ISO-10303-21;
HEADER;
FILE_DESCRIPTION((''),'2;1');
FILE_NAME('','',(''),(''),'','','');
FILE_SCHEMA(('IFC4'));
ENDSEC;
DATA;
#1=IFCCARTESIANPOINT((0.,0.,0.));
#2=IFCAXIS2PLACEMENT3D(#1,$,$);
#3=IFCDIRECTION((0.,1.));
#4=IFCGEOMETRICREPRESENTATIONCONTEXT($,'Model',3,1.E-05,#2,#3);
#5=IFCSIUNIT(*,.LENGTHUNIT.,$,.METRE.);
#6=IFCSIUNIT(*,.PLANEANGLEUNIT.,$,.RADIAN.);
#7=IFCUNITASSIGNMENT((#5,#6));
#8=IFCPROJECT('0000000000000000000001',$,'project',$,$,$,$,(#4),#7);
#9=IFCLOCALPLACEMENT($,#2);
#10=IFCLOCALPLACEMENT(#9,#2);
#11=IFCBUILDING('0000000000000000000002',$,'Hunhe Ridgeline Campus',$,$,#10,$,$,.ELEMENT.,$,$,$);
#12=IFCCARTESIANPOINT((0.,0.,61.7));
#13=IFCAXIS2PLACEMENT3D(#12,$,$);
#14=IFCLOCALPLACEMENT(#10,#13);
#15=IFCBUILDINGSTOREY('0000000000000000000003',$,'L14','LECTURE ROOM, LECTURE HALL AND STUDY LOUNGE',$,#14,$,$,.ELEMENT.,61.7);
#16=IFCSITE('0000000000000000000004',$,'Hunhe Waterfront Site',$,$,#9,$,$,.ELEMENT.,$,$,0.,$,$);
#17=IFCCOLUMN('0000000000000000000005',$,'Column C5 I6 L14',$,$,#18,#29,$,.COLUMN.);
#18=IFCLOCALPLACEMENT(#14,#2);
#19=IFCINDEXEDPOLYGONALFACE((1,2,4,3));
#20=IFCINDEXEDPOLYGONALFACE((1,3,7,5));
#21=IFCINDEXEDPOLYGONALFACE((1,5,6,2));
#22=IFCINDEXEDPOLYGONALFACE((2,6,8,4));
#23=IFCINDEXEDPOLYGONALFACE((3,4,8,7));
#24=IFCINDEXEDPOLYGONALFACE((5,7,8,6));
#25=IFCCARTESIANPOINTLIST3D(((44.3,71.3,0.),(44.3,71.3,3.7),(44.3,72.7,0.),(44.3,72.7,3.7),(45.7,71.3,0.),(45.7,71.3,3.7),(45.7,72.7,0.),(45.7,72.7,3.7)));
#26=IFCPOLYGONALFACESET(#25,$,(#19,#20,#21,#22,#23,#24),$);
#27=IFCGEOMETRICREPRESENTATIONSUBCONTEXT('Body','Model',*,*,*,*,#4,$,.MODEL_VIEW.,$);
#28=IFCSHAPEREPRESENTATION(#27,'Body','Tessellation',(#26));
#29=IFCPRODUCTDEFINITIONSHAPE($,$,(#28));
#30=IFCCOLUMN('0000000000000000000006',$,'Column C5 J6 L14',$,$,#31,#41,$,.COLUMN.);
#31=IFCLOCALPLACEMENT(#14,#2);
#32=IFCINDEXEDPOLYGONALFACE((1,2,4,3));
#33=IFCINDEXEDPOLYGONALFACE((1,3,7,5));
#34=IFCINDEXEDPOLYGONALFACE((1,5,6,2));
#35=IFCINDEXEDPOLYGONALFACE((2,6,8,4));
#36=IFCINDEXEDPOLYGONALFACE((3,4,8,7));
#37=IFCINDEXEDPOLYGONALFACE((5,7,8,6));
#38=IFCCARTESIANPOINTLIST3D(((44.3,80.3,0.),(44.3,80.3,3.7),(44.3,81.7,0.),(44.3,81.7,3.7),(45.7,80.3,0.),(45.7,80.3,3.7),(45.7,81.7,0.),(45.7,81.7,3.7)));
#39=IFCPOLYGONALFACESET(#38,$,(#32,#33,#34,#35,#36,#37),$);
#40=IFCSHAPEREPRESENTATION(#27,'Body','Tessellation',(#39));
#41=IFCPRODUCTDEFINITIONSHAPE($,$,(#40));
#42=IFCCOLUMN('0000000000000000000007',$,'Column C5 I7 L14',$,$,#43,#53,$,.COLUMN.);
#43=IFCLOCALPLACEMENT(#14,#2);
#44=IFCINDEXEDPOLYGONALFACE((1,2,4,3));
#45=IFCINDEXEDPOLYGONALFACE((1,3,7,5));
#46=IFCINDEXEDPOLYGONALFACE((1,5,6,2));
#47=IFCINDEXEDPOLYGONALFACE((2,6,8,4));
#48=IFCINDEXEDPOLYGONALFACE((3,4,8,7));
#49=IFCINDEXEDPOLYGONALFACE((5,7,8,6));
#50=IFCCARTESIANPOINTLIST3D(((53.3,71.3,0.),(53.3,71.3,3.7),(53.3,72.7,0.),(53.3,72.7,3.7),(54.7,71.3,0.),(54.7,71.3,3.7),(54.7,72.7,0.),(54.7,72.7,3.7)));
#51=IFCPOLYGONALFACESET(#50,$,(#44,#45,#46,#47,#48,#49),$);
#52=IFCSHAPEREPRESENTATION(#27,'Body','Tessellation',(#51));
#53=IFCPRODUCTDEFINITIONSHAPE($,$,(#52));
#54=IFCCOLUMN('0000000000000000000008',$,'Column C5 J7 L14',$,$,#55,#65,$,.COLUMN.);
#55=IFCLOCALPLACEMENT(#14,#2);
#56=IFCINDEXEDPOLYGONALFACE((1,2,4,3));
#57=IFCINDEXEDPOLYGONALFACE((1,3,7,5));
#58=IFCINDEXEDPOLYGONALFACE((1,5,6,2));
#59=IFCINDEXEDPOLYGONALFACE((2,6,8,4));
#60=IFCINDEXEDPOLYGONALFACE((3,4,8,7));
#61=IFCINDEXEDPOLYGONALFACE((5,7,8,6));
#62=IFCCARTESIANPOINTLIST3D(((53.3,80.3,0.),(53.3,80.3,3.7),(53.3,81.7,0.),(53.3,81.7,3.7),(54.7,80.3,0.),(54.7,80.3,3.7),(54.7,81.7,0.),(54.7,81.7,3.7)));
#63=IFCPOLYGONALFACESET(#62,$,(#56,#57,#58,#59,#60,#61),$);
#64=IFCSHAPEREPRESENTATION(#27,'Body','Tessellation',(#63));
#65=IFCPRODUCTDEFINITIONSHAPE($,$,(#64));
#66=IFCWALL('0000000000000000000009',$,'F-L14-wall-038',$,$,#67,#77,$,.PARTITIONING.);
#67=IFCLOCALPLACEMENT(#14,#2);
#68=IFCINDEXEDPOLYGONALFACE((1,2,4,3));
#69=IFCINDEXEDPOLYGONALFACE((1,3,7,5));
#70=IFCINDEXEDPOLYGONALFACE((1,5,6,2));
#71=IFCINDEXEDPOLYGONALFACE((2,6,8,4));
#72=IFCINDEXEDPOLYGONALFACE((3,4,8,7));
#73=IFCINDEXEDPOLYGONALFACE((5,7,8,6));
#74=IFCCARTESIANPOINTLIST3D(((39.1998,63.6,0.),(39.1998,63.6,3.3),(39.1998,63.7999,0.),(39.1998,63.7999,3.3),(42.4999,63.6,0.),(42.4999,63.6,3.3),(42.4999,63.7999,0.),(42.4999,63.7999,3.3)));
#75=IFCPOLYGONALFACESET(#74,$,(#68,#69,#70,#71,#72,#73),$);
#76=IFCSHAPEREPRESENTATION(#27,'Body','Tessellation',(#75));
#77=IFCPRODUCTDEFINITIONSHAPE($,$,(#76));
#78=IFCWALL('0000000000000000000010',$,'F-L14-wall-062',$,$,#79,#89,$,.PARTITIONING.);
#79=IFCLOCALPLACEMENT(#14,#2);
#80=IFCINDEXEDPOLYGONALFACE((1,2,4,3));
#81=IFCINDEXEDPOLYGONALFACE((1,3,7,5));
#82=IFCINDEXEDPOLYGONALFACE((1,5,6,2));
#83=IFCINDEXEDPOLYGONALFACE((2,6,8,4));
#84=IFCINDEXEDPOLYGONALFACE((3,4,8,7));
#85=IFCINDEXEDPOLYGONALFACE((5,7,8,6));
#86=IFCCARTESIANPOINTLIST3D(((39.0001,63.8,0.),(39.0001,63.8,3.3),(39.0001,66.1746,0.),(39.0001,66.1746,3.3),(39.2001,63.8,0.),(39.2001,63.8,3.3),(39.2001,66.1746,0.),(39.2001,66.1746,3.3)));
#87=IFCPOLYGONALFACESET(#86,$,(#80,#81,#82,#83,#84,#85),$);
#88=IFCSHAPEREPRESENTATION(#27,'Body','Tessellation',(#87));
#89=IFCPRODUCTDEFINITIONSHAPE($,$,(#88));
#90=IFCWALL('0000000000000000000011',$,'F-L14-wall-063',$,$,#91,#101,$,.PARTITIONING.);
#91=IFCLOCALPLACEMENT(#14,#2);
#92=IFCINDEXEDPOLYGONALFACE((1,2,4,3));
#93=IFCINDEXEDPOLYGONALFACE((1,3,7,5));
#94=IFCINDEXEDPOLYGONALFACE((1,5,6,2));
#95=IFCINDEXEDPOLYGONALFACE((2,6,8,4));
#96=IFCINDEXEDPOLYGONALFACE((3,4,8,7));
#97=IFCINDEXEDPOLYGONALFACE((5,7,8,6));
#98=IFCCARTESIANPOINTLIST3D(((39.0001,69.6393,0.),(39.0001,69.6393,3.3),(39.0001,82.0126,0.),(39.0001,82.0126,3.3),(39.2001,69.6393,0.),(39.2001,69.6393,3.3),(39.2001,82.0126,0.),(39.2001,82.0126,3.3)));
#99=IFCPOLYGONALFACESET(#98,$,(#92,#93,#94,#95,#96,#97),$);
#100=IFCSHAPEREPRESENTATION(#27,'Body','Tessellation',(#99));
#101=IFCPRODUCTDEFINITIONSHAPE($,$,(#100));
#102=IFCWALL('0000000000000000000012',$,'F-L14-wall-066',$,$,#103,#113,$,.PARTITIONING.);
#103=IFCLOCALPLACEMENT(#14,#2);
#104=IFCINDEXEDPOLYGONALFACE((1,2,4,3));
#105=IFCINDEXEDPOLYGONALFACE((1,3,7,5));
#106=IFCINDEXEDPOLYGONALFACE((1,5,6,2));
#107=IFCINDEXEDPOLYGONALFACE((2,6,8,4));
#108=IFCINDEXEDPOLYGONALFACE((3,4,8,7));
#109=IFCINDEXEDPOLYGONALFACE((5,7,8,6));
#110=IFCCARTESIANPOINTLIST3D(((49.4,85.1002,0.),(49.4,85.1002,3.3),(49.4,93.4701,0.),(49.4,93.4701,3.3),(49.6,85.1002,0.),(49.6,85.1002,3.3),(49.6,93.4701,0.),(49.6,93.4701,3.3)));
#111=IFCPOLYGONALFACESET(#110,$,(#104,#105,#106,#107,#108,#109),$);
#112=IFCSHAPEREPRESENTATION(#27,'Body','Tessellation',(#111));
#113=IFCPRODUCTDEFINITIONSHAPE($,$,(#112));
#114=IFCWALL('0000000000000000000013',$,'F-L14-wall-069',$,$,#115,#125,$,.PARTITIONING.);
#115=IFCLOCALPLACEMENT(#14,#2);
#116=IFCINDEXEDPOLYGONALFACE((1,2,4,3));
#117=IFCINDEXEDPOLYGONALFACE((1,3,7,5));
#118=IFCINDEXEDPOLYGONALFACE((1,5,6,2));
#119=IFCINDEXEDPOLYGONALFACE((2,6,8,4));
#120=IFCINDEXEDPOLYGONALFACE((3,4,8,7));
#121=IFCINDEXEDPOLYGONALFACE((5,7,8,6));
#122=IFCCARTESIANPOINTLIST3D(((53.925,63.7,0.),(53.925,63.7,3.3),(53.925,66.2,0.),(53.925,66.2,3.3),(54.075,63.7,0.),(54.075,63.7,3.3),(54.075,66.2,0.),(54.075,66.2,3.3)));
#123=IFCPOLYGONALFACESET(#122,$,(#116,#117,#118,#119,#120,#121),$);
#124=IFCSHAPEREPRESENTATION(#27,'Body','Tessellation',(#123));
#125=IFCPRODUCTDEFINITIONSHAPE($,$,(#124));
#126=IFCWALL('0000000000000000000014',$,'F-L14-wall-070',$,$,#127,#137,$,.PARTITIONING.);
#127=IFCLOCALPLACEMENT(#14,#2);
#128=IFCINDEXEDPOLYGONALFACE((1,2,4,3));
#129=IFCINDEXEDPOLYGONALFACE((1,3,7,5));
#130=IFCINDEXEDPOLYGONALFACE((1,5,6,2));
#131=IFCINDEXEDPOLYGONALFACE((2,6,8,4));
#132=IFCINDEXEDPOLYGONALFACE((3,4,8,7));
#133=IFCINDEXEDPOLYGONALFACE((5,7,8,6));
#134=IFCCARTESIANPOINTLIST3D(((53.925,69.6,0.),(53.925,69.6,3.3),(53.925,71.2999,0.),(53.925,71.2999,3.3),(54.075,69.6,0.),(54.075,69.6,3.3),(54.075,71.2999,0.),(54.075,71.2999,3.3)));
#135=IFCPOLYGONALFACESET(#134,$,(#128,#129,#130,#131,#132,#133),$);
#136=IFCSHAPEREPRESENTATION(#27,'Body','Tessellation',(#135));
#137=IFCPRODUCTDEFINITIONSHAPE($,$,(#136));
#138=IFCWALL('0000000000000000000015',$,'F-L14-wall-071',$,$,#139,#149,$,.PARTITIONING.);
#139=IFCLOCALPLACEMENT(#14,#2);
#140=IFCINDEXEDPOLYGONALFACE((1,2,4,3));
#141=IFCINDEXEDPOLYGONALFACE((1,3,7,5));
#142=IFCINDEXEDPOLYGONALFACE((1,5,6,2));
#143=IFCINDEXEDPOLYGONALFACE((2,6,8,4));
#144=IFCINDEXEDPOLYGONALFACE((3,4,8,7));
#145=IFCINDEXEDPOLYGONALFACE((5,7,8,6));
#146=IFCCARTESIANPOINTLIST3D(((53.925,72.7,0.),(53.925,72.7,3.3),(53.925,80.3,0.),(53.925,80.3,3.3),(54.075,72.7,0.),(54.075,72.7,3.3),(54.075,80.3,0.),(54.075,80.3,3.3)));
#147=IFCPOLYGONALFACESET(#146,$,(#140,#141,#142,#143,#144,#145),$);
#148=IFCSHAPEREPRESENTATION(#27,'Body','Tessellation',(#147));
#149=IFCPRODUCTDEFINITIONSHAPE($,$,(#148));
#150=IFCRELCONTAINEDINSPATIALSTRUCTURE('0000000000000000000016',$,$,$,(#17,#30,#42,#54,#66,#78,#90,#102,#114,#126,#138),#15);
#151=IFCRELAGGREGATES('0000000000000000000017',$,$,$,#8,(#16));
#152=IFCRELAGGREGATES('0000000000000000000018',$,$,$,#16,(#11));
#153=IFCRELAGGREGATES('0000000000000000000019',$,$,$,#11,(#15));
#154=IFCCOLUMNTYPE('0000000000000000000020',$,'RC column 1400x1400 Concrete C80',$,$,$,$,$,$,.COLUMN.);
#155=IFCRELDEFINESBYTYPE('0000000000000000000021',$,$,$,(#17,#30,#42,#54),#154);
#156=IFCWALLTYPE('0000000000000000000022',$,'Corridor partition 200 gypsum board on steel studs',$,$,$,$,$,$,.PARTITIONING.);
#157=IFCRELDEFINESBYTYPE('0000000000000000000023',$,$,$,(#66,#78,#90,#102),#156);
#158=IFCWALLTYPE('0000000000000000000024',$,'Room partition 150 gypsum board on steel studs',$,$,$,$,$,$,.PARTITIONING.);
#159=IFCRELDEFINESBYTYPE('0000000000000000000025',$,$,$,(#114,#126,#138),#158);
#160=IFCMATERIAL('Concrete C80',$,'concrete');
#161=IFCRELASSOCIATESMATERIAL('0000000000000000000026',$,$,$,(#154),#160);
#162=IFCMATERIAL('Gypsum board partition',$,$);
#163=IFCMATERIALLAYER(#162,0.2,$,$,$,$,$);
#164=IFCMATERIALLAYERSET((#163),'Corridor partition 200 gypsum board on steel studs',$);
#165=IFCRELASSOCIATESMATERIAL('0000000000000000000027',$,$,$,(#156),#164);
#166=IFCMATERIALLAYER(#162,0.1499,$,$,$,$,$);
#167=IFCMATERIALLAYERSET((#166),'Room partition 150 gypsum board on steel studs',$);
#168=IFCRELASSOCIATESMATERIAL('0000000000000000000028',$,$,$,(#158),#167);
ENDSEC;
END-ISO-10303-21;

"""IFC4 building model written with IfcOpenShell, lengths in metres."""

from ifc_helpers import new_model, si_unit, direction, frame, frame_2d, origin, origin_2d, place, context, subcontext, project, spatial, rectangle, extrude, material, layer, layer_set, material_profile, profile_set, type_object, element, save


model = new_model("IFC4")

# Units and contexts
model_context = context("Model", 3, precision=1e-05, world=origin(), true_north=direction((0.0, 1.0)))
body_context = subcontext(model_context, "Body", "Model", "MODEL_VIEW")
ifc_project = project(units=[si_unit("LENGTHUNIT", "METRE"), si_unit("PLANEANGLEUNIT", "RADIAN")], contexts=[model_context])

# Site, building, storey
site_placement = place(None, origin())
site = spatial("IfcSite", under=ifc_project, at=site_placement, Name="Hunhe Waterfront Site", CompositionType="ELEMENT", RefElevation=0.0)
building_placement = place(site_placement, origin())
building = spatial("IfcBuilding", under=site, at=building_placement, Name="Hunhe Ridgeline Campus", CompositionType="ELEMENT")
storey_placement = place(building_placement, frame((0.0, 0.0, 61.7)))
storey = spatial("IfcBuildingStorey", under=building, at=storey_placement, Name="L14", Description="LECTURE ROOM, LECTURE HALL AND STUDY LOUNGE", CompositionType="ELEMENT", Elevation=61.7)

# Columns
ifc_material_1 = material(Name="Concrete C80", Category="concrete")
ifc_material_profile = material_profile(ifc_material_1, rectangle(XDim=1.3999, YDim=1.3999, at=origin_2d()))
ifc_profile_set = profile_set([ifc_material_profile], Name="Concrete C80")
column_type = type_object("IfcColumnType", Name="RC column 1400x1400 Concrete C80", PredefinedType="COLUMN", material=ifc_profile_set)
for number, where, z_axis, x_axis, name in (
    (1, (45.0, 72.0, 0.0), (0.0, 0.0, 1.0), (1.0, 0.0, 0.0), "Column C5 I6 L14"),
    (2, (45.0, 81.0, 0.0), (0.0, 0.0, 1.0), (1.0, 0.0, 0.0), "Column C5 J6 L14"),
    (3, (54.0, 72.0, 0.0), (0.0, 0.0, 1.0), (1.0, 0.0, 0.0), "Column C5 I7 L14"),
    (4, (54.0, 81.0, 0.0), (0.0, 0.0, 1.0), (1.0, 0.0, 0.0), "Column C5 J7 L14"),
):
    element("IfcColumn", number, at=place(storey_placement, frame(where, z_axis=z_axis, x_axis=x_axis)), inside=storey, type_object=column_type, Name=name, PredefinedType="COLUMN", context=body_context, shape_type="SweptSolid", body=[
        extrude(rectangle(XDim=1.3999, YDim=1.3999, at=origin_2d()), origin(), (0.0, 0.0, 1.0), 3.7),
    ])

# Wall
ifc_material_2 = material(Name="Gypsum board partition")
ifc_layer_1 = layer(ifc_material_2, 0.2)
ifc_layer_set_1 = layer_set([ifc_layer_1], Name="Corridor partition 200 gypsum board on steel studs")
wall_type_1 = type_object("IfcWallType", Name="Corridor partition 200 gypsum board on steel studs", PredefinedType="PARTITIONING", material=ifc_layer_set_1)
wall_1_placement = place(storey_placement, frame((39.2, 63.7, 0.0), z_axis=(0.0, 0.0, 1.0), x_axis=(1.0, 0.0, 0.0)))
element("IfcWall", 5, at=wall_1_placement, inside=storey, type_object=wall_type_1, Name="F-L14-wall-038", PredefinedType="PARTITIONING", context=body_context, shape_type="SweptSolid", body=[
    extrude(rectangle(XDim=3.3, YDim=0.2, at=frame_2d((1.6499, 0.0))), origin(), (0.0, 0.0, 1.0), 3.3),
])

# Walls
wall_2_placement = place(storey_placement, frame((39.1001, 66.1746, 0.0), z_axis=(0.0, 0.0, 1.0), x_axis=(0.0, -1.0, 0.0)))
element("IfcWall", 6, at=wall_2_placement, inside=storey, type_object=wall_type_1, Name="F-L14-wall-062", PredefinedType="PARTITIONING", context=body_context, shape_type="SweptSolid", body=[
    extrude(rectangle(XDim=2.3745, YDim=0.2, at=frame_2d((1.1873, 0.0))), origin(), (0.0, 0.0, 1.0), 3.3),
])
wall_3_placement = place(storey_placement, frame((39.1001, 82.0125, 0.0), z_axis=(0.0, 0.0, 1.0), x_axis=(0.0, -1.0, 0.0)))
element("IfcWall", 7, at=wall_3_placement, inside=storey, type_object=wall_type_1, Name="F-L14-wall-063", PredefinedType="PARTITIONING", context=body_context, shape_type="SweptSolid", body=[
    extrude(rectangle(XDim=12.3733, YDim=0.2, at=frame_2d((6.1865, 0.0))), origin(), (0.0, 0.0, 1.0), 3.3),
])
wall_4_placement = place(storey_placement, frame((49.5, 85.1001, 0.0), z_axis=(0.0, 0.0, 1.0), x_axis=(0.0, 1.0, 0.0)))
element("IfcWall", 8, at=wall_4_placement, inside=storey, type_object=wall_type_1, Name="F-L14-wall-066", PredefinedType="PARTITIONING", context=body_context, shape_type="SweptSolid", body=[
    extrude(rectangle(XDim=8.3699, YDim=0.2, at=frame_2d((4.1851, 0.0))), origin(), (0.0, 0.0, 1.0), 3.3),
])
ifc_layer_2 = layer(ifc_material_2, 0.1499)
ifc_layer_set_2 = layer_set([ifc_layer_2], Name="Room partition 150 gypsum board on steel studs")
wall_type_2 = type_object("IfcWallType", Name="Room partition 150 gypsum board on steel studs", PredefinedType="PARTITIONING", material=ifc_layer_set_2)
wall_5_placement = place(storey_placement, frame((54.0, 66.2, 0.0), z_axis=(0.0, 0.0, 1.0), x_axis=(0.0, -1.0, 0.0)))
element("IfcWall", 9, at=wall_5_placement, inside=storey, type_object=wall_type_2, Name="F-L14-wall-069", PredefinedType="PARTITIONING", context=body_context, shape_type="SweptSolid", body=[
    extrude(rectangle(XDim=2.5, YDim=0.1499, at=frame_2d((1.25, 0.0))), origin(), (0.0, 0.0, 1.0), 3.3),
])
wall_6_placement = place(storey_placement, frame((54.0, 71.3, 0.0), z_axis=(0.0, 0.0, 1.0), x_axis=(0.0, -1.0, 0.0)))
element("IfcWall", 10, at=wall_6_placement, inside=storey, type_object=wall_type_2, Name="F-L14-wall-070", PredefinedType="PARTITIONING", context=body_context, shape_type="SweptSolid", body=[
    extrude(rectangle(XDim=1.7, YDim=0.1499, at=frame_2d((0.8501, 0.0))), origin(), (0.0, 0.0, 1.0), 3.3),
])
wall_7_placement = place(storey_placement, frame((54.0, 80.3, 0.0), z_axis=(0.0, 0.0, 1.0), x_axis=(0.0, -1.0, 0.0)))
element("IfcWall", 11, at=wall_7_placement, inside=storey, type_object=wall_type_2, Name="F-L14-wall-071", PredefinedType="PARTITIONING", context=body_context, shape_type="SweptSolid", body=[
    extrude(rectangle(XDim=7.6001, YDim=0.1499, at=frame_2d((3.8, 0.0))), origin(), (0.0, 0.0, 1.0), 3.3),
])

save(model, "model.ifc")
